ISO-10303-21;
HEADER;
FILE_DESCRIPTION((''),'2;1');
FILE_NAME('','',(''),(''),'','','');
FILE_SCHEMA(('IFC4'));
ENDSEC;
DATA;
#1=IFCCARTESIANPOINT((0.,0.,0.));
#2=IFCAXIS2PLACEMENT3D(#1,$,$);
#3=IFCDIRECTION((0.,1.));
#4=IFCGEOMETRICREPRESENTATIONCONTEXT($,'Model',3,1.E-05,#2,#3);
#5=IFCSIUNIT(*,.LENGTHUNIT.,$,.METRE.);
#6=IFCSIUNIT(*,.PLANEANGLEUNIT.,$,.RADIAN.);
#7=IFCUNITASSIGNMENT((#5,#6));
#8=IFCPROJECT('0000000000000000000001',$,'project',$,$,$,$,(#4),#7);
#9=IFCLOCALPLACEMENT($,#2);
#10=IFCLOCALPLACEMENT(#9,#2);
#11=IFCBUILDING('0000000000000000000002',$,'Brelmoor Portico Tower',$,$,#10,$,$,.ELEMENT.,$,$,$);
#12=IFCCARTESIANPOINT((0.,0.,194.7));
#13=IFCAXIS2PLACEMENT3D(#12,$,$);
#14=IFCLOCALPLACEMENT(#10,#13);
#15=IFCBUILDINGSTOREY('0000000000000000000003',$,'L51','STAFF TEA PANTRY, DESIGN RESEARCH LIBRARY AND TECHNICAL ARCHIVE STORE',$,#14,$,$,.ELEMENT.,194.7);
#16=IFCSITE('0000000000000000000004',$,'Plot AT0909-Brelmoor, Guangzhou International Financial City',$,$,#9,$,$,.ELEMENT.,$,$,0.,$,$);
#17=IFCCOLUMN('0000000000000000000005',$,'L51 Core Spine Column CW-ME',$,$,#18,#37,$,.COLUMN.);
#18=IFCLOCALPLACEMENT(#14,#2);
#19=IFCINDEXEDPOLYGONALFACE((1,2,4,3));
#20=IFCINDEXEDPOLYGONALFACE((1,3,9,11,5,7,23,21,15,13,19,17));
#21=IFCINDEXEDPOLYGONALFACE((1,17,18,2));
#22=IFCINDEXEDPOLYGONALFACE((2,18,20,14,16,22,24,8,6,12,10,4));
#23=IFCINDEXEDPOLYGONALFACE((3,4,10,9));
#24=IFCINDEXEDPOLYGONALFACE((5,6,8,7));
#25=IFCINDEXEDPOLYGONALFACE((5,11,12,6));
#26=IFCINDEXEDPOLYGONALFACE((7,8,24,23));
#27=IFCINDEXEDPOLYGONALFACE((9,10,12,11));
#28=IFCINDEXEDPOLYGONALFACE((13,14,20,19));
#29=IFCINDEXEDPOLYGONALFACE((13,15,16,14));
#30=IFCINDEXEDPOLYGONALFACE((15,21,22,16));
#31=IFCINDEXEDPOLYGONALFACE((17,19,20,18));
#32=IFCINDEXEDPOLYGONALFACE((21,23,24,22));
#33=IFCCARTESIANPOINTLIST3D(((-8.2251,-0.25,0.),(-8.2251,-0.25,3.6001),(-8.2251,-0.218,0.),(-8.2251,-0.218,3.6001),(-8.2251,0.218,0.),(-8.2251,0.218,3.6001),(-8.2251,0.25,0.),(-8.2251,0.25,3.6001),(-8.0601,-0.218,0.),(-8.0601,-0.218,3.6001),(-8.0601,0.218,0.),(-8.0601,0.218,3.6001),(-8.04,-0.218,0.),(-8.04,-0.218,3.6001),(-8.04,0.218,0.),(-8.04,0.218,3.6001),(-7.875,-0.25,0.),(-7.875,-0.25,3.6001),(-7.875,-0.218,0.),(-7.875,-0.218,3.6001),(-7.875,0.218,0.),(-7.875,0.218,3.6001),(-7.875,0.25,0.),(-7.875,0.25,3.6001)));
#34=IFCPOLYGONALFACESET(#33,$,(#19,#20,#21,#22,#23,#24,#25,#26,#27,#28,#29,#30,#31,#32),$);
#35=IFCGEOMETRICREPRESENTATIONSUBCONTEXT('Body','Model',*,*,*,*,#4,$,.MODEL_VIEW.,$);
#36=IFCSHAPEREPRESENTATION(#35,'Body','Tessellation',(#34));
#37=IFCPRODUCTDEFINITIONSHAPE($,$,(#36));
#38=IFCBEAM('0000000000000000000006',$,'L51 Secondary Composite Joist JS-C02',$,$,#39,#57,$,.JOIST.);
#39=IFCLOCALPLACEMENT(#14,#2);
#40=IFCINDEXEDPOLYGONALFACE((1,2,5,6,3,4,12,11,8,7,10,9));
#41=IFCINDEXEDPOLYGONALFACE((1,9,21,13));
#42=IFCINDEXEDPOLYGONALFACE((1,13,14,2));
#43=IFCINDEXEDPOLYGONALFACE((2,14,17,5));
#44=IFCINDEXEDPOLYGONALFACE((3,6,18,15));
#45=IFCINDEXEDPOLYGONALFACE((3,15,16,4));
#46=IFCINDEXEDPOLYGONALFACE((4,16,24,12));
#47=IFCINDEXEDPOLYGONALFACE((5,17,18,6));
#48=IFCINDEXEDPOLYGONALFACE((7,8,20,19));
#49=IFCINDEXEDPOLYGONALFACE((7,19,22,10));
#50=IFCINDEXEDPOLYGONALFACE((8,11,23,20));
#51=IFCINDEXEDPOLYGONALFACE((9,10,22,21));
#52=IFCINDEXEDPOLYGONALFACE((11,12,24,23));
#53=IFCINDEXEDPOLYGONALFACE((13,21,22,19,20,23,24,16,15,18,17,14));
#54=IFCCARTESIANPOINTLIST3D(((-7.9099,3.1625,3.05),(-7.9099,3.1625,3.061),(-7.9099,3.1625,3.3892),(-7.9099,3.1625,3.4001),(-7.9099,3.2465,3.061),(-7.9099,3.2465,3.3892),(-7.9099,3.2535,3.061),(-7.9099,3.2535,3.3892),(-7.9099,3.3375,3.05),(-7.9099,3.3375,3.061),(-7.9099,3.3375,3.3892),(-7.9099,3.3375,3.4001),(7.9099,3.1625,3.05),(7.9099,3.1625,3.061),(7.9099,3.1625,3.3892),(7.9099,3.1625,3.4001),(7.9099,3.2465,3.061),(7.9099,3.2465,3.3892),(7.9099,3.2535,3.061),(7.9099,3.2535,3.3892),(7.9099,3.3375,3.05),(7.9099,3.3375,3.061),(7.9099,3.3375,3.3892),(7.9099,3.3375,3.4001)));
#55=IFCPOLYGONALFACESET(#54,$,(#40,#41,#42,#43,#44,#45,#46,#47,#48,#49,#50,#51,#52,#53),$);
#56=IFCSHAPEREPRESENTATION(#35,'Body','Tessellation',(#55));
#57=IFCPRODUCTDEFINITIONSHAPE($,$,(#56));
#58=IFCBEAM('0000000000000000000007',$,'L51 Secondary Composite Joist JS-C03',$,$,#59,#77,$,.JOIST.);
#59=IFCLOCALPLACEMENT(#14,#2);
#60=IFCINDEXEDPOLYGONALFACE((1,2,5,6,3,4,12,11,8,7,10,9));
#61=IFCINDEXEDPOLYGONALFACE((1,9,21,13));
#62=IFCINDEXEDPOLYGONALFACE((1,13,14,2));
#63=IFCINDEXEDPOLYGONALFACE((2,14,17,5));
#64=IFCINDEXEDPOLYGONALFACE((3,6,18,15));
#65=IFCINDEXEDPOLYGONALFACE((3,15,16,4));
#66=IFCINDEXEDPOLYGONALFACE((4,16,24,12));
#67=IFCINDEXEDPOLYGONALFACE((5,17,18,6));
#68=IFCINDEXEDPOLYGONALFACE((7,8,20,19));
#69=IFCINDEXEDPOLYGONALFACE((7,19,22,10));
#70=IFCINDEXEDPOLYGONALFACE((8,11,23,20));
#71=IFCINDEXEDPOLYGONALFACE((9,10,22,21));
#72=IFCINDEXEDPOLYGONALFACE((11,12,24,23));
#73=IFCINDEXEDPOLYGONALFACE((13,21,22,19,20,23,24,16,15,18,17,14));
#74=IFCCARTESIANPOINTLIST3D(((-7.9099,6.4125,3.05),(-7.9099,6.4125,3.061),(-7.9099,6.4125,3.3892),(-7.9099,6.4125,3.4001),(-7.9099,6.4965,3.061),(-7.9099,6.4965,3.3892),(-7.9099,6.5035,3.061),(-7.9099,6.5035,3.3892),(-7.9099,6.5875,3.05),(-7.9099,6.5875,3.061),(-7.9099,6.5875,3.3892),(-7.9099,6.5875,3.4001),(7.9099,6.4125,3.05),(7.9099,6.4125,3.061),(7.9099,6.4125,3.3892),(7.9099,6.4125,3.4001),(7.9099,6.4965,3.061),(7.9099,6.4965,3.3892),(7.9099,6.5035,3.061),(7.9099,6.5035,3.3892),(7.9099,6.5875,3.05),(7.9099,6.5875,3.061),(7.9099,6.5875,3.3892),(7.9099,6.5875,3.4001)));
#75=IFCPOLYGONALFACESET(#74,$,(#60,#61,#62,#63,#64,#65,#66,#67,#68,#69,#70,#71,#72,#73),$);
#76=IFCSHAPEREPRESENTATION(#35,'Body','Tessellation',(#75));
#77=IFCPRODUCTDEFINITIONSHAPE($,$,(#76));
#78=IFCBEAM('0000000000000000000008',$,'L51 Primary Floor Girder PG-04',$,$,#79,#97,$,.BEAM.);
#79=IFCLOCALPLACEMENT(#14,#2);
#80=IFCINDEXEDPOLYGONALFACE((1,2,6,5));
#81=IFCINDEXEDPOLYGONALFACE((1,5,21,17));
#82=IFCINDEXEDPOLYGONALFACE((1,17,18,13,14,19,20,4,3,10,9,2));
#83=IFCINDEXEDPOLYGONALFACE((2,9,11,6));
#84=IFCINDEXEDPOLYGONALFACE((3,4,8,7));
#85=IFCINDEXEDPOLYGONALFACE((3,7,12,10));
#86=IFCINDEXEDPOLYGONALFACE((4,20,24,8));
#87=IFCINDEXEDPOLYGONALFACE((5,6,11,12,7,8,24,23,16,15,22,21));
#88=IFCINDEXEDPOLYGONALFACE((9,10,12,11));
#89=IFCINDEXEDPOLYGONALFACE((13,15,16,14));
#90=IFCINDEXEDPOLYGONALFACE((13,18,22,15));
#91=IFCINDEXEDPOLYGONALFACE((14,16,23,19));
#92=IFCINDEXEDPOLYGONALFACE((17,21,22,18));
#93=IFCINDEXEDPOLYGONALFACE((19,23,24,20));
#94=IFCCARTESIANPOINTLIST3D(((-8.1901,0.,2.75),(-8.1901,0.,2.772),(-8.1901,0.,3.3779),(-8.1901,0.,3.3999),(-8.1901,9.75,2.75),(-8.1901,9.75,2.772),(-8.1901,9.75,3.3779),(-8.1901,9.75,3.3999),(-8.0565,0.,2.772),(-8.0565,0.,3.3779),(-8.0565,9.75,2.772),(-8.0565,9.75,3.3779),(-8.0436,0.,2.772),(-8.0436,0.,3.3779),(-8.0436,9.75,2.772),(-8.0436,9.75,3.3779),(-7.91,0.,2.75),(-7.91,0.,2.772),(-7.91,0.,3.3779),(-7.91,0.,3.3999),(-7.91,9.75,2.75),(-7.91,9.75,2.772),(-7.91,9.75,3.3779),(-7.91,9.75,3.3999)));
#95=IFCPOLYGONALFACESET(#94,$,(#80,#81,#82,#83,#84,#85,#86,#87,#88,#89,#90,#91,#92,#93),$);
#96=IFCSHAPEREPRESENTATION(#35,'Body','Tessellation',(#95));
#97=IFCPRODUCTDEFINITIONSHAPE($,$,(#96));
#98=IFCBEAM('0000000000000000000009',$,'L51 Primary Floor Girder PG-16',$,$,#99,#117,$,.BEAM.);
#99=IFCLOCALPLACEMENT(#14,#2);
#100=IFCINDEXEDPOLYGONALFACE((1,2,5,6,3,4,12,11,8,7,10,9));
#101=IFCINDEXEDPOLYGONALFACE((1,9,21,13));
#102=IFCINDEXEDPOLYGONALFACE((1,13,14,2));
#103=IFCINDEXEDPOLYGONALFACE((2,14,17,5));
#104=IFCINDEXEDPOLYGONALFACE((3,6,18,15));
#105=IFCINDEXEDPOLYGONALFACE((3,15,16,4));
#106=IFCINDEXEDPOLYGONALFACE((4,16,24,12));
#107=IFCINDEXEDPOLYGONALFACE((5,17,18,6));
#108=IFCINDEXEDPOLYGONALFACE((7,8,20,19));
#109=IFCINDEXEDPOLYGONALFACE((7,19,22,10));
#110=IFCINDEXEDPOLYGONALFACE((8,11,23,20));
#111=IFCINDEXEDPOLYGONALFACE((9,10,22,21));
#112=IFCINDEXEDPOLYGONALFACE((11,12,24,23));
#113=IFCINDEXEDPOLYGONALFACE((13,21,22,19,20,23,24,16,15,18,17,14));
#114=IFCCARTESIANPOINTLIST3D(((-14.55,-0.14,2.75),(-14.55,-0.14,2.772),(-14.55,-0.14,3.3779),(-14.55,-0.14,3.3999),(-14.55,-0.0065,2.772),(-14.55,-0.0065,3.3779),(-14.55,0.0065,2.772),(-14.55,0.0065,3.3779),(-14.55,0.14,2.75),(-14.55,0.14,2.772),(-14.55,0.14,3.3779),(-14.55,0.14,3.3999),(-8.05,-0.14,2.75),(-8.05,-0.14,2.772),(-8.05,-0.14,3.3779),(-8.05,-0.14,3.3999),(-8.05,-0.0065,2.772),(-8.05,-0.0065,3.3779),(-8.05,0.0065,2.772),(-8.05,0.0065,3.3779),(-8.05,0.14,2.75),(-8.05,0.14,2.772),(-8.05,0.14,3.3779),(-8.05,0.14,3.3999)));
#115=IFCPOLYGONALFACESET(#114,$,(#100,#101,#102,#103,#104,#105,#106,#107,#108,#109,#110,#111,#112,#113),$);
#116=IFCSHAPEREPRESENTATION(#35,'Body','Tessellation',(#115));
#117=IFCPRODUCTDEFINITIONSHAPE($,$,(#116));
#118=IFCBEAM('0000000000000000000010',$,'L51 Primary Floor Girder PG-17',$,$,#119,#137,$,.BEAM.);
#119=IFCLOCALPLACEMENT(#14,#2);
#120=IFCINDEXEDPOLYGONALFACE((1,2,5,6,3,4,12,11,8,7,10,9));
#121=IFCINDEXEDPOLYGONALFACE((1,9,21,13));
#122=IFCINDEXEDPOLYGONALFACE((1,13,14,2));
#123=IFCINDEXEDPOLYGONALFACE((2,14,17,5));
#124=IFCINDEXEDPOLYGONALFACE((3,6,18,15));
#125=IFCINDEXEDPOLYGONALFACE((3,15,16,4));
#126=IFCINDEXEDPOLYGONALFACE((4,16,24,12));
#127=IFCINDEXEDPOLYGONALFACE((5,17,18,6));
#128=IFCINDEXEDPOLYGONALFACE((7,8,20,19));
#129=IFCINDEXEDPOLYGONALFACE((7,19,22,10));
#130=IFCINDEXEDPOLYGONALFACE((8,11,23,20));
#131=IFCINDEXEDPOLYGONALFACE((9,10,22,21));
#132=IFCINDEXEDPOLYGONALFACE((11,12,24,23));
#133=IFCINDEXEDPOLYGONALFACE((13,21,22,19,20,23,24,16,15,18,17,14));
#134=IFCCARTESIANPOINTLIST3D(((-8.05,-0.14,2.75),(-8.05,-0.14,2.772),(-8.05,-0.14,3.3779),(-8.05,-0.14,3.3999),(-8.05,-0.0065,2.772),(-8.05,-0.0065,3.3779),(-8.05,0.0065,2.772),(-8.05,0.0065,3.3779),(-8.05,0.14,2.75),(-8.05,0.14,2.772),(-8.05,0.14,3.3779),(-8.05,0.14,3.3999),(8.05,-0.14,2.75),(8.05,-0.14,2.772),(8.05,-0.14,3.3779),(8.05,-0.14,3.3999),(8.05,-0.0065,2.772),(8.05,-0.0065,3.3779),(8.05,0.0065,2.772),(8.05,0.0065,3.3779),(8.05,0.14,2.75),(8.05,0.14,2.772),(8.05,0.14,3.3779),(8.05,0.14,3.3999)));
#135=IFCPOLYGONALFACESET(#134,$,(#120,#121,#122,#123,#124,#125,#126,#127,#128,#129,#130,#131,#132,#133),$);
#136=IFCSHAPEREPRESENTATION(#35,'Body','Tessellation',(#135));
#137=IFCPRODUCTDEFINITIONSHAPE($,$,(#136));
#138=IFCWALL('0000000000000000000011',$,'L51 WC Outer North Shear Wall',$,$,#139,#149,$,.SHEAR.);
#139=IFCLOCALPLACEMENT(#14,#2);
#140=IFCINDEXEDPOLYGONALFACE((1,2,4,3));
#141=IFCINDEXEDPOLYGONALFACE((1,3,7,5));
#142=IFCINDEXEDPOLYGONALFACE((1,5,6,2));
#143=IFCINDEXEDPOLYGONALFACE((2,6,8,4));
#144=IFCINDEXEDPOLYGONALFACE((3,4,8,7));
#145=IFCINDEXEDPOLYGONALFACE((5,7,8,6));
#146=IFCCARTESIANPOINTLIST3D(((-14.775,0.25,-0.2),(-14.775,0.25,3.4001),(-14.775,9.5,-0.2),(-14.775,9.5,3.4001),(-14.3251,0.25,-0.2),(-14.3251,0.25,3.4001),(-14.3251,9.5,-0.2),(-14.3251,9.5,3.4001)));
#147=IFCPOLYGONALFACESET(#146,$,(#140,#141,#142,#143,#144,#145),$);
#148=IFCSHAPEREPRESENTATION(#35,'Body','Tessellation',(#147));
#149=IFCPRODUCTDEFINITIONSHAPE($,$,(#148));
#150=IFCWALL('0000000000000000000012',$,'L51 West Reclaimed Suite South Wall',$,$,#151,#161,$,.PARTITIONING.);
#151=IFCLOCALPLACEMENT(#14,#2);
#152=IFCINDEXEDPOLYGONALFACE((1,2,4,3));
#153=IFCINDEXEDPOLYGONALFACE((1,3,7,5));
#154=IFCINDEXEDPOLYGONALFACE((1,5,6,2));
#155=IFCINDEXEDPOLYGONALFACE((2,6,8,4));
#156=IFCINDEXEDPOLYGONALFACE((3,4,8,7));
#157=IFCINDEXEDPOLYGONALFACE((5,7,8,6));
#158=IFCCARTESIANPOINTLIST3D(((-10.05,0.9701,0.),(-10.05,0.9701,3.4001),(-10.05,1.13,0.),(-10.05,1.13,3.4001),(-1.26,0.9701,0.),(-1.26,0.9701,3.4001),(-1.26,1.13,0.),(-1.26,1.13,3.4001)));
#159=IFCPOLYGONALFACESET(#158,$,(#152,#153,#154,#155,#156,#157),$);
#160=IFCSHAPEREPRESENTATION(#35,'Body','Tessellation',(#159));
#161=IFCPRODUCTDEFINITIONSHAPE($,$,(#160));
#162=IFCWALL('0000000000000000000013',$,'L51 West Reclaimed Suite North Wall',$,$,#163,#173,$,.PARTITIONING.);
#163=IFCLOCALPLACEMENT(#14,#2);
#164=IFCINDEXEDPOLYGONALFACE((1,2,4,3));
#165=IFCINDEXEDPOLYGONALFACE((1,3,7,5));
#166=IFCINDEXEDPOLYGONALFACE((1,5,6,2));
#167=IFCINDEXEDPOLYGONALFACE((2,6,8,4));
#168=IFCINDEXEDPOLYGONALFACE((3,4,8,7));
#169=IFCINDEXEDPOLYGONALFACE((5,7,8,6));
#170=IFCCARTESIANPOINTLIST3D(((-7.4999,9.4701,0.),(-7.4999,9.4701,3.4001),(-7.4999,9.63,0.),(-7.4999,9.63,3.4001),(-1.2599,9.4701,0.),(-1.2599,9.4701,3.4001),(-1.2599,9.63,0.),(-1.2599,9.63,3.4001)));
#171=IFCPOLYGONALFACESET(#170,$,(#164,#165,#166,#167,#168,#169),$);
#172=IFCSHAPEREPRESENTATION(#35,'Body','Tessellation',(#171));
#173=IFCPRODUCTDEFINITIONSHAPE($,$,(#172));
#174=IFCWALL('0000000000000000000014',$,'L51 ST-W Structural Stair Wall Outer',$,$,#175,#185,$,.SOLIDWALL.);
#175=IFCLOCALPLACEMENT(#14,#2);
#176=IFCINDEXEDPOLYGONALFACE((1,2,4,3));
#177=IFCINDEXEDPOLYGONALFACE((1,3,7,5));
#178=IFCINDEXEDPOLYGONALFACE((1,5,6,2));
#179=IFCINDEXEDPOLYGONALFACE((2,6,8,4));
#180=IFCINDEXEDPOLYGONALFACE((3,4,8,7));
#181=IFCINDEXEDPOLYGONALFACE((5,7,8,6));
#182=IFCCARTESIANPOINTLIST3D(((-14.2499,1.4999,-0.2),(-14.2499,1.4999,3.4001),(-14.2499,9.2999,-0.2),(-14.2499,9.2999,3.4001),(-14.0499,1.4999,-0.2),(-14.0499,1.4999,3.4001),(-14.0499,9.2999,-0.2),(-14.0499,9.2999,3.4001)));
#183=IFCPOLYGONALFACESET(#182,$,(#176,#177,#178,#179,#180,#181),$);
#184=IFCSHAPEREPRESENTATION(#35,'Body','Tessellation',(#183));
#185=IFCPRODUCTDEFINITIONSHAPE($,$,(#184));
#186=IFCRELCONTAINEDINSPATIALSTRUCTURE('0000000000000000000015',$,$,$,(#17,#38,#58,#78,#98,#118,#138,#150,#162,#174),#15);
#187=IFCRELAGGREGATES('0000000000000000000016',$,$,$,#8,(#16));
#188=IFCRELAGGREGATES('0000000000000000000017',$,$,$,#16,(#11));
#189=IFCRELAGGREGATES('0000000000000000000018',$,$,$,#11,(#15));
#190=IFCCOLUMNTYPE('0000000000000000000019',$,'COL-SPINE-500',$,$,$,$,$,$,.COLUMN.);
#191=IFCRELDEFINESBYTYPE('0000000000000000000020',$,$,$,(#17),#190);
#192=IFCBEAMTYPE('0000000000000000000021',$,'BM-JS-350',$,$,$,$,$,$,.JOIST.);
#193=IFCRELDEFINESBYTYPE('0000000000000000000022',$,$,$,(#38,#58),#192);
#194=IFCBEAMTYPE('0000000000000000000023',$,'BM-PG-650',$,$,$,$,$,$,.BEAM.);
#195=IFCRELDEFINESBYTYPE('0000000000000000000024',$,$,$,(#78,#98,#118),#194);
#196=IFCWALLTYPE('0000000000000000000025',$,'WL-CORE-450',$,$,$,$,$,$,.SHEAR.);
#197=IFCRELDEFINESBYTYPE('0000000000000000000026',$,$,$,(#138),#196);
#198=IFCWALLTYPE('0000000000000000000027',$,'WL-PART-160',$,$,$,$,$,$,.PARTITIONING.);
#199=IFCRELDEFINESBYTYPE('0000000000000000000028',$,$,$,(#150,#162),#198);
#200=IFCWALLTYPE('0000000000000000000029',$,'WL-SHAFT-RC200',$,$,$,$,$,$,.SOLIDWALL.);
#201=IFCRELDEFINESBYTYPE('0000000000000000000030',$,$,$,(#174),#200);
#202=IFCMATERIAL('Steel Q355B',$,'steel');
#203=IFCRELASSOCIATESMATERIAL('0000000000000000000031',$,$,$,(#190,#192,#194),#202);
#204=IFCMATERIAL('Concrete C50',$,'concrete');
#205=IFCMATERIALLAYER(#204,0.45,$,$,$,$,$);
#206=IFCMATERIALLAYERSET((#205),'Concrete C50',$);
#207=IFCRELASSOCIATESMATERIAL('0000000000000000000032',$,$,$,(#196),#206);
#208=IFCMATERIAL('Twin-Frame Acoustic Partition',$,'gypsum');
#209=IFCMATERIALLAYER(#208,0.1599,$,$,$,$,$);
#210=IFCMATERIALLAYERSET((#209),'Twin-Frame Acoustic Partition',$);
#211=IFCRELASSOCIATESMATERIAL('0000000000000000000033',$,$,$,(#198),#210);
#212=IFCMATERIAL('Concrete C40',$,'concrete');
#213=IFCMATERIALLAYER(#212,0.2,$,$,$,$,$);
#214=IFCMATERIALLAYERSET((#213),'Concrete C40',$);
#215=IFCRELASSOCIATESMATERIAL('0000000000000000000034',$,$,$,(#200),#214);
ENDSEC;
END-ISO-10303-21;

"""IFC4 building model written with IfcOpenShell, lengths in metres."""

from ifc_helpers import new_model, si_unit, direction, frame, frame_2d, origin, origin_2d, place, context, subcontext, project, spatial, rectangle, i_section, extrude, material, layer, layer_set, material_profile, profile_set, type_object, element, save


model = new_model("IFC4")

# Units and contexts
model_context = context("Model", 3, precision=1e-05, world=origin(), true_north=direction((0.0, 1.0)))
body_context = subcontext(model_context, "Body", "Model", "MODEL_VIEW")
ifc_project = project(units=[si_unit("LENGTHUNIT", "METRE"), si_unit("PLANEANGLEUNIT", "RADIAN")], contexts=[model_context])

# Site, building, storey
site_placement = place(None, origin())
site = spatial("IfcSite", under=ifc_project, at=site_placement, Name="Plot AT0909-Brelmoor, Guangzhou International Financial City", CompositionType="ELEMENT", RefElevation=0.0)
building_placement = place(site_placement, origin())
building = spatial("IfcBuilding", under=site, at=building_placement, Name="Brelmoor Portico Tower", CompositionType="ELEMENT")
storey_placement = place(building_placement, frame((0.0, 0.0, 194.7)))
storey = spatial("IfcBuildingStorey", under=building, at=storey_placement, Name="L51", Description="STAFF TEA PANTRY, DESIGN RESEARCH LIBRARY AND TECHNICAL ARCHIVE STORE", CompositionType="ELEMENT", Elevation=194.7)

# Column
ifc_material_1 = material(Name="Steel Q355B", Category="steel")
ifc_material_profile_1 = material_profile(ifc_material_1, i_section(OverallWidth=0.3501, OverallDepth=0.5, WebThickness=0.02, FlangeThickness=0.032, at=origin_2d()), Name="HW 500x350x20x32")
ifc_profile_set_1 = profile_set([ifc_material_profile_1], Name="Steel Q355B")
column_type = type_object("IfcColumnType", Name="COL-SPINE-500", PredefinedType="COLUMN", material=ifc_profile_set_1)
column_placement = place(storey_placement, frame((-8.05, 0.0, 0.0), z_axis=(0.0, 0.0, 1.0), x_axis=(1.0, 0.0, 0.0)))
element("IfcColumn", 1, at=column_placement, inside=storey, type_object=column_type, Name="L51 Core Spine Column CW-ME", PredefinedType="COLUMN", context=body_context, shape_type="SweptSolid", body=[
    extrude(i_section(OverallWidth=0.3501, OverallDepth=0.5, WebThickness=0.02, FlangeThickness=0.032, at=origin_2d()), origin(), (0.0, 0.0, 1.0), 3.6001),
])

# Beams
ifc_material_profile_2 = material_profile(ifc_material_1, i_section(OverallWidth=0.175, OverallDepth=0.3501, WebThickness=0.0071, FlangeThickness=0.011, at=origin_2d()), Name="HN 350x175x7x11")
ifc_profile_set_2 = profile_set([ifc_material_profile_2], Name="Steel Q355B")
beam_type_1 = type_object("IfcBeamType", Name="BM-JS-350", PredefinedType="JOIST", material=ifc_profile_set_2)
for number, where, z_axis, x_axis, name in (
    (2, (-7.9099, 3.25, 3.2251), (1.0, 0.0, 0.0), (0.0, 1.0, 0.0), "L51 Secondary Composite Joist JS-C02"),
    (3, (-7.9099, 6.5, 3.2251), (1.0, 0.0, 0.0), (0.0, 1.0, 0.0), "L51 Secondary Composite Joist JS-C03"),
):
    element("IfcBeam", number, at=place(storey_placement, frame(where, z_axis=z_axis, x_axis=x_axis)), inside=storey, type_object=beam_type_1, Name=name, PredefinedType="JOIST", context=body_context, shape_type="SweptSolid", body=[
        extrude(i_section(OverallWidth=0.175, OverallDepth=0.3501, WebThickness=0.0071, FlangeThickness=0.011, at=origin_2d()), origin(), (0.0, 0.0, 1.0), 15.8198),
    ])
ifc_material_profile_3 = material_profile(ifc_material_1, i_section(OverallWidth=0.28, OverallDepth=0.6499, WebThickness=0.0129, FlangeThickness=0.022, at=origin_2d()), Name="HN 650x280x13x22")
ifc_profile_set_3 = profile_set([ifc_material_profile_3], Name="Steel Q355B")
beam_type_2 = type_object("IfcBeamType", Name="BM-PG-650", PredefinedType="BEAM", material=ifc_profile_set_3)
beam_1_placement = place(storey_placement, frame((-8.05, 0.0, 3.075), z_axis=(0.0, 1.0, 0.0), x_axis=(-1.0, 0.0, 0.0)))
element("IfcBeam", 4, at=beam_1_placement, inside=storey, type_object=beam_type_2, Name="L51 Primary Floor Girder PG-04", PredefinedType="BEAM", context=body_context, shape_type="SweptSolid", body=[
    extrude(i_section(OverallWidth=0.28, OverallDepth=0.6499, WebThickness=0.0129, FlangeThickness=0.022, at=origin_2d()), origin(), (0.0, 0.0, 1.0), 9.75),
])
beam_2_placement = place(storey_placement, frame((-14.55, 0.0, 3.075), z_axis=(1.0, 0.0, 0.0), x_axis=(0.0, 1.0, 0.0)))
element("IfcBeam", 5, at=beam_2_placement, inside=storey, type_object=beam_type_2, Name="L51 Primary Floor Girder PG-16", PredefinedType="BEAM", context=body_context, shape_type="SweptSolid", body=[
    extrude(i_section(OverallWidth=0.28, OverallDepth=0.6499, WebThickness=0.0129, FlangeThickness=0.022, at=origin_2d()), origin(), (0.0, 0.0, 1.0), 6.5),
])
beam_3_placement = place(storey_placement, frame((-8.05, 0.0, 3.075), z_axis=(1.0, 0.0, 0.0), x_axis=(0.0, 1.0, 0.0)))
element("IfcBeam", 6, at=beam_3_placement, inside=storey, type_object=beam_type_2, Name="L51 Primary Floor Girder PG-17", PredefinedType="BEAM", context=body_context, shape_type="SweptSolid", body=[
    extrude(i_section(OverallWidth=0.28, OverallDepth=0.6499, WebThickness=0.0129, FlangeThickness=0.022, at=origin_2d()), origin(), (0.0, 0.0, 1.0), 16.1001),
])

# Walls
ifc_material_2 = material(Name="Concrete C50", Category="concrete")
ifc_layer_1 = layer(ifc_material_2, 0.45)
ifc_layer_set_1 = layer_set([ifc_layer_1], Name="Concrete C50")
wall_type_1 = type_object("IfcWallType", Name="WL-CORE-450", PredefinedType="SHEAR", material=ifc_layer_set_1)
wall_1_placement = place(storey_placement, frame((-14.55, 0.25, -0.2), z_axis=(0.0, 0.0, 1.0), x_axis=(0.0, 1.0, 0.0)))
element("IfcWall", 7, at=wall_1_placement, inside=storey, type_object=wall_type_1, Name="L51 WC Outer North Shear Wall", PredefinedType="SHEAR", context=body_context, shape_type="SweptSolid", body=[
    extrude(rectangle(XDim=9.25, YDim=0.45, at=frame_2d((4.625, 0.0))), origin(), (0.0, 0.0, 1.0), 3.6001),
])
ifc_material_3 = material(Name="Twin-Frame Acoustic Partition", Category="gypsum")
ifc_layer_2 = layer(ifc_material_3, 0.1599)
ifc_layer_set_2 = layer_set([ifc_layer_2], Name="Twin-Frame Acoustic Partition")
wall_type_2 = type_object("IfcWallType", Name="WL-PART-160", PredefinedType="PARTITIONING", material=ifc_layer_set_2)
wall_2_placement = place(storey_placement, frame((-10.05, 1.05, 0.0), z_axis=(0.0, 0.0, 1.0), x_axis=(1.0, 0.0, 0.0)))
element("IfcWall", 8, at=wall_2_placement, inside=storey, type_object=wall_type_2, Name="L51 West Reclaimed Suite South Wall", PredefinedType="PARTITIONING", context=body_context, shape_type="SweptSolid", body=[
    extrude(rectangle(XDim=8.79, YDim=0.1599, at=frame_2d((4.395, 0.0))), origin(), (0.0, 0.0, 1.0), 3.4001),
])
wall_3_placement = place(storey_placement, frame((-7.5, 9.55, 0.0), z_axis=(0.0, 0.0, 1.0), x_axis=(1.0, 0.0, 0.0)))
element("IfcWall", 9, at=wall_3_placement, inside=storey, type_object=wall_type_2, Name="L51 West Reclaimed Suite North Wall", PredefinedType="PARTITIONING", context=body_context, shape_type="SweptSolid", body=[
    extrude(rectangle(XDim=6.24, YDim=0.1599, at=frame_2d((3.1201, 0.0))), origin(), (0.0, 0.0, 1.0), 3.4001),
])

# Wall
ifc_material_4 = material(Name="Concrete C40", Category="concrete")
ifc_layer_3 = layer(ifc_material_4, 0.2)
ifc_layer_set_3 = layer_set([ifc_layer_3], Name="Concrete C40")
wall_type_3 = type_object("IfcWallType", Name="WL-SHAFT-RC200", PredefinedType="SOLIDWALL", material=ifc_layer_set_3)
wall_4_placement = place(storey_placement, frame((-14.1499, 1.5, -0.2), z_axis=(0.0, 0.0, 1.0), x_axis=(0.0, 1.0, 0.0)))
element("IfcWall", 10, at=wall_4_placement, inside=storey, type_object=wall_type_3, Name="L51 ST-W Structural Stair Wall Outer", PredefinedType="SOLIDWALL", context=body_context, shape_type="SweptSolid", body=[
    extrude(rectangle(XDim=7.8, YDim=0.2, at=frame_2d((3.8999, 0.0))), origin(), (0.0, 0.0, 1.0), 3.6001),
])

save(model, "model.ifc")
